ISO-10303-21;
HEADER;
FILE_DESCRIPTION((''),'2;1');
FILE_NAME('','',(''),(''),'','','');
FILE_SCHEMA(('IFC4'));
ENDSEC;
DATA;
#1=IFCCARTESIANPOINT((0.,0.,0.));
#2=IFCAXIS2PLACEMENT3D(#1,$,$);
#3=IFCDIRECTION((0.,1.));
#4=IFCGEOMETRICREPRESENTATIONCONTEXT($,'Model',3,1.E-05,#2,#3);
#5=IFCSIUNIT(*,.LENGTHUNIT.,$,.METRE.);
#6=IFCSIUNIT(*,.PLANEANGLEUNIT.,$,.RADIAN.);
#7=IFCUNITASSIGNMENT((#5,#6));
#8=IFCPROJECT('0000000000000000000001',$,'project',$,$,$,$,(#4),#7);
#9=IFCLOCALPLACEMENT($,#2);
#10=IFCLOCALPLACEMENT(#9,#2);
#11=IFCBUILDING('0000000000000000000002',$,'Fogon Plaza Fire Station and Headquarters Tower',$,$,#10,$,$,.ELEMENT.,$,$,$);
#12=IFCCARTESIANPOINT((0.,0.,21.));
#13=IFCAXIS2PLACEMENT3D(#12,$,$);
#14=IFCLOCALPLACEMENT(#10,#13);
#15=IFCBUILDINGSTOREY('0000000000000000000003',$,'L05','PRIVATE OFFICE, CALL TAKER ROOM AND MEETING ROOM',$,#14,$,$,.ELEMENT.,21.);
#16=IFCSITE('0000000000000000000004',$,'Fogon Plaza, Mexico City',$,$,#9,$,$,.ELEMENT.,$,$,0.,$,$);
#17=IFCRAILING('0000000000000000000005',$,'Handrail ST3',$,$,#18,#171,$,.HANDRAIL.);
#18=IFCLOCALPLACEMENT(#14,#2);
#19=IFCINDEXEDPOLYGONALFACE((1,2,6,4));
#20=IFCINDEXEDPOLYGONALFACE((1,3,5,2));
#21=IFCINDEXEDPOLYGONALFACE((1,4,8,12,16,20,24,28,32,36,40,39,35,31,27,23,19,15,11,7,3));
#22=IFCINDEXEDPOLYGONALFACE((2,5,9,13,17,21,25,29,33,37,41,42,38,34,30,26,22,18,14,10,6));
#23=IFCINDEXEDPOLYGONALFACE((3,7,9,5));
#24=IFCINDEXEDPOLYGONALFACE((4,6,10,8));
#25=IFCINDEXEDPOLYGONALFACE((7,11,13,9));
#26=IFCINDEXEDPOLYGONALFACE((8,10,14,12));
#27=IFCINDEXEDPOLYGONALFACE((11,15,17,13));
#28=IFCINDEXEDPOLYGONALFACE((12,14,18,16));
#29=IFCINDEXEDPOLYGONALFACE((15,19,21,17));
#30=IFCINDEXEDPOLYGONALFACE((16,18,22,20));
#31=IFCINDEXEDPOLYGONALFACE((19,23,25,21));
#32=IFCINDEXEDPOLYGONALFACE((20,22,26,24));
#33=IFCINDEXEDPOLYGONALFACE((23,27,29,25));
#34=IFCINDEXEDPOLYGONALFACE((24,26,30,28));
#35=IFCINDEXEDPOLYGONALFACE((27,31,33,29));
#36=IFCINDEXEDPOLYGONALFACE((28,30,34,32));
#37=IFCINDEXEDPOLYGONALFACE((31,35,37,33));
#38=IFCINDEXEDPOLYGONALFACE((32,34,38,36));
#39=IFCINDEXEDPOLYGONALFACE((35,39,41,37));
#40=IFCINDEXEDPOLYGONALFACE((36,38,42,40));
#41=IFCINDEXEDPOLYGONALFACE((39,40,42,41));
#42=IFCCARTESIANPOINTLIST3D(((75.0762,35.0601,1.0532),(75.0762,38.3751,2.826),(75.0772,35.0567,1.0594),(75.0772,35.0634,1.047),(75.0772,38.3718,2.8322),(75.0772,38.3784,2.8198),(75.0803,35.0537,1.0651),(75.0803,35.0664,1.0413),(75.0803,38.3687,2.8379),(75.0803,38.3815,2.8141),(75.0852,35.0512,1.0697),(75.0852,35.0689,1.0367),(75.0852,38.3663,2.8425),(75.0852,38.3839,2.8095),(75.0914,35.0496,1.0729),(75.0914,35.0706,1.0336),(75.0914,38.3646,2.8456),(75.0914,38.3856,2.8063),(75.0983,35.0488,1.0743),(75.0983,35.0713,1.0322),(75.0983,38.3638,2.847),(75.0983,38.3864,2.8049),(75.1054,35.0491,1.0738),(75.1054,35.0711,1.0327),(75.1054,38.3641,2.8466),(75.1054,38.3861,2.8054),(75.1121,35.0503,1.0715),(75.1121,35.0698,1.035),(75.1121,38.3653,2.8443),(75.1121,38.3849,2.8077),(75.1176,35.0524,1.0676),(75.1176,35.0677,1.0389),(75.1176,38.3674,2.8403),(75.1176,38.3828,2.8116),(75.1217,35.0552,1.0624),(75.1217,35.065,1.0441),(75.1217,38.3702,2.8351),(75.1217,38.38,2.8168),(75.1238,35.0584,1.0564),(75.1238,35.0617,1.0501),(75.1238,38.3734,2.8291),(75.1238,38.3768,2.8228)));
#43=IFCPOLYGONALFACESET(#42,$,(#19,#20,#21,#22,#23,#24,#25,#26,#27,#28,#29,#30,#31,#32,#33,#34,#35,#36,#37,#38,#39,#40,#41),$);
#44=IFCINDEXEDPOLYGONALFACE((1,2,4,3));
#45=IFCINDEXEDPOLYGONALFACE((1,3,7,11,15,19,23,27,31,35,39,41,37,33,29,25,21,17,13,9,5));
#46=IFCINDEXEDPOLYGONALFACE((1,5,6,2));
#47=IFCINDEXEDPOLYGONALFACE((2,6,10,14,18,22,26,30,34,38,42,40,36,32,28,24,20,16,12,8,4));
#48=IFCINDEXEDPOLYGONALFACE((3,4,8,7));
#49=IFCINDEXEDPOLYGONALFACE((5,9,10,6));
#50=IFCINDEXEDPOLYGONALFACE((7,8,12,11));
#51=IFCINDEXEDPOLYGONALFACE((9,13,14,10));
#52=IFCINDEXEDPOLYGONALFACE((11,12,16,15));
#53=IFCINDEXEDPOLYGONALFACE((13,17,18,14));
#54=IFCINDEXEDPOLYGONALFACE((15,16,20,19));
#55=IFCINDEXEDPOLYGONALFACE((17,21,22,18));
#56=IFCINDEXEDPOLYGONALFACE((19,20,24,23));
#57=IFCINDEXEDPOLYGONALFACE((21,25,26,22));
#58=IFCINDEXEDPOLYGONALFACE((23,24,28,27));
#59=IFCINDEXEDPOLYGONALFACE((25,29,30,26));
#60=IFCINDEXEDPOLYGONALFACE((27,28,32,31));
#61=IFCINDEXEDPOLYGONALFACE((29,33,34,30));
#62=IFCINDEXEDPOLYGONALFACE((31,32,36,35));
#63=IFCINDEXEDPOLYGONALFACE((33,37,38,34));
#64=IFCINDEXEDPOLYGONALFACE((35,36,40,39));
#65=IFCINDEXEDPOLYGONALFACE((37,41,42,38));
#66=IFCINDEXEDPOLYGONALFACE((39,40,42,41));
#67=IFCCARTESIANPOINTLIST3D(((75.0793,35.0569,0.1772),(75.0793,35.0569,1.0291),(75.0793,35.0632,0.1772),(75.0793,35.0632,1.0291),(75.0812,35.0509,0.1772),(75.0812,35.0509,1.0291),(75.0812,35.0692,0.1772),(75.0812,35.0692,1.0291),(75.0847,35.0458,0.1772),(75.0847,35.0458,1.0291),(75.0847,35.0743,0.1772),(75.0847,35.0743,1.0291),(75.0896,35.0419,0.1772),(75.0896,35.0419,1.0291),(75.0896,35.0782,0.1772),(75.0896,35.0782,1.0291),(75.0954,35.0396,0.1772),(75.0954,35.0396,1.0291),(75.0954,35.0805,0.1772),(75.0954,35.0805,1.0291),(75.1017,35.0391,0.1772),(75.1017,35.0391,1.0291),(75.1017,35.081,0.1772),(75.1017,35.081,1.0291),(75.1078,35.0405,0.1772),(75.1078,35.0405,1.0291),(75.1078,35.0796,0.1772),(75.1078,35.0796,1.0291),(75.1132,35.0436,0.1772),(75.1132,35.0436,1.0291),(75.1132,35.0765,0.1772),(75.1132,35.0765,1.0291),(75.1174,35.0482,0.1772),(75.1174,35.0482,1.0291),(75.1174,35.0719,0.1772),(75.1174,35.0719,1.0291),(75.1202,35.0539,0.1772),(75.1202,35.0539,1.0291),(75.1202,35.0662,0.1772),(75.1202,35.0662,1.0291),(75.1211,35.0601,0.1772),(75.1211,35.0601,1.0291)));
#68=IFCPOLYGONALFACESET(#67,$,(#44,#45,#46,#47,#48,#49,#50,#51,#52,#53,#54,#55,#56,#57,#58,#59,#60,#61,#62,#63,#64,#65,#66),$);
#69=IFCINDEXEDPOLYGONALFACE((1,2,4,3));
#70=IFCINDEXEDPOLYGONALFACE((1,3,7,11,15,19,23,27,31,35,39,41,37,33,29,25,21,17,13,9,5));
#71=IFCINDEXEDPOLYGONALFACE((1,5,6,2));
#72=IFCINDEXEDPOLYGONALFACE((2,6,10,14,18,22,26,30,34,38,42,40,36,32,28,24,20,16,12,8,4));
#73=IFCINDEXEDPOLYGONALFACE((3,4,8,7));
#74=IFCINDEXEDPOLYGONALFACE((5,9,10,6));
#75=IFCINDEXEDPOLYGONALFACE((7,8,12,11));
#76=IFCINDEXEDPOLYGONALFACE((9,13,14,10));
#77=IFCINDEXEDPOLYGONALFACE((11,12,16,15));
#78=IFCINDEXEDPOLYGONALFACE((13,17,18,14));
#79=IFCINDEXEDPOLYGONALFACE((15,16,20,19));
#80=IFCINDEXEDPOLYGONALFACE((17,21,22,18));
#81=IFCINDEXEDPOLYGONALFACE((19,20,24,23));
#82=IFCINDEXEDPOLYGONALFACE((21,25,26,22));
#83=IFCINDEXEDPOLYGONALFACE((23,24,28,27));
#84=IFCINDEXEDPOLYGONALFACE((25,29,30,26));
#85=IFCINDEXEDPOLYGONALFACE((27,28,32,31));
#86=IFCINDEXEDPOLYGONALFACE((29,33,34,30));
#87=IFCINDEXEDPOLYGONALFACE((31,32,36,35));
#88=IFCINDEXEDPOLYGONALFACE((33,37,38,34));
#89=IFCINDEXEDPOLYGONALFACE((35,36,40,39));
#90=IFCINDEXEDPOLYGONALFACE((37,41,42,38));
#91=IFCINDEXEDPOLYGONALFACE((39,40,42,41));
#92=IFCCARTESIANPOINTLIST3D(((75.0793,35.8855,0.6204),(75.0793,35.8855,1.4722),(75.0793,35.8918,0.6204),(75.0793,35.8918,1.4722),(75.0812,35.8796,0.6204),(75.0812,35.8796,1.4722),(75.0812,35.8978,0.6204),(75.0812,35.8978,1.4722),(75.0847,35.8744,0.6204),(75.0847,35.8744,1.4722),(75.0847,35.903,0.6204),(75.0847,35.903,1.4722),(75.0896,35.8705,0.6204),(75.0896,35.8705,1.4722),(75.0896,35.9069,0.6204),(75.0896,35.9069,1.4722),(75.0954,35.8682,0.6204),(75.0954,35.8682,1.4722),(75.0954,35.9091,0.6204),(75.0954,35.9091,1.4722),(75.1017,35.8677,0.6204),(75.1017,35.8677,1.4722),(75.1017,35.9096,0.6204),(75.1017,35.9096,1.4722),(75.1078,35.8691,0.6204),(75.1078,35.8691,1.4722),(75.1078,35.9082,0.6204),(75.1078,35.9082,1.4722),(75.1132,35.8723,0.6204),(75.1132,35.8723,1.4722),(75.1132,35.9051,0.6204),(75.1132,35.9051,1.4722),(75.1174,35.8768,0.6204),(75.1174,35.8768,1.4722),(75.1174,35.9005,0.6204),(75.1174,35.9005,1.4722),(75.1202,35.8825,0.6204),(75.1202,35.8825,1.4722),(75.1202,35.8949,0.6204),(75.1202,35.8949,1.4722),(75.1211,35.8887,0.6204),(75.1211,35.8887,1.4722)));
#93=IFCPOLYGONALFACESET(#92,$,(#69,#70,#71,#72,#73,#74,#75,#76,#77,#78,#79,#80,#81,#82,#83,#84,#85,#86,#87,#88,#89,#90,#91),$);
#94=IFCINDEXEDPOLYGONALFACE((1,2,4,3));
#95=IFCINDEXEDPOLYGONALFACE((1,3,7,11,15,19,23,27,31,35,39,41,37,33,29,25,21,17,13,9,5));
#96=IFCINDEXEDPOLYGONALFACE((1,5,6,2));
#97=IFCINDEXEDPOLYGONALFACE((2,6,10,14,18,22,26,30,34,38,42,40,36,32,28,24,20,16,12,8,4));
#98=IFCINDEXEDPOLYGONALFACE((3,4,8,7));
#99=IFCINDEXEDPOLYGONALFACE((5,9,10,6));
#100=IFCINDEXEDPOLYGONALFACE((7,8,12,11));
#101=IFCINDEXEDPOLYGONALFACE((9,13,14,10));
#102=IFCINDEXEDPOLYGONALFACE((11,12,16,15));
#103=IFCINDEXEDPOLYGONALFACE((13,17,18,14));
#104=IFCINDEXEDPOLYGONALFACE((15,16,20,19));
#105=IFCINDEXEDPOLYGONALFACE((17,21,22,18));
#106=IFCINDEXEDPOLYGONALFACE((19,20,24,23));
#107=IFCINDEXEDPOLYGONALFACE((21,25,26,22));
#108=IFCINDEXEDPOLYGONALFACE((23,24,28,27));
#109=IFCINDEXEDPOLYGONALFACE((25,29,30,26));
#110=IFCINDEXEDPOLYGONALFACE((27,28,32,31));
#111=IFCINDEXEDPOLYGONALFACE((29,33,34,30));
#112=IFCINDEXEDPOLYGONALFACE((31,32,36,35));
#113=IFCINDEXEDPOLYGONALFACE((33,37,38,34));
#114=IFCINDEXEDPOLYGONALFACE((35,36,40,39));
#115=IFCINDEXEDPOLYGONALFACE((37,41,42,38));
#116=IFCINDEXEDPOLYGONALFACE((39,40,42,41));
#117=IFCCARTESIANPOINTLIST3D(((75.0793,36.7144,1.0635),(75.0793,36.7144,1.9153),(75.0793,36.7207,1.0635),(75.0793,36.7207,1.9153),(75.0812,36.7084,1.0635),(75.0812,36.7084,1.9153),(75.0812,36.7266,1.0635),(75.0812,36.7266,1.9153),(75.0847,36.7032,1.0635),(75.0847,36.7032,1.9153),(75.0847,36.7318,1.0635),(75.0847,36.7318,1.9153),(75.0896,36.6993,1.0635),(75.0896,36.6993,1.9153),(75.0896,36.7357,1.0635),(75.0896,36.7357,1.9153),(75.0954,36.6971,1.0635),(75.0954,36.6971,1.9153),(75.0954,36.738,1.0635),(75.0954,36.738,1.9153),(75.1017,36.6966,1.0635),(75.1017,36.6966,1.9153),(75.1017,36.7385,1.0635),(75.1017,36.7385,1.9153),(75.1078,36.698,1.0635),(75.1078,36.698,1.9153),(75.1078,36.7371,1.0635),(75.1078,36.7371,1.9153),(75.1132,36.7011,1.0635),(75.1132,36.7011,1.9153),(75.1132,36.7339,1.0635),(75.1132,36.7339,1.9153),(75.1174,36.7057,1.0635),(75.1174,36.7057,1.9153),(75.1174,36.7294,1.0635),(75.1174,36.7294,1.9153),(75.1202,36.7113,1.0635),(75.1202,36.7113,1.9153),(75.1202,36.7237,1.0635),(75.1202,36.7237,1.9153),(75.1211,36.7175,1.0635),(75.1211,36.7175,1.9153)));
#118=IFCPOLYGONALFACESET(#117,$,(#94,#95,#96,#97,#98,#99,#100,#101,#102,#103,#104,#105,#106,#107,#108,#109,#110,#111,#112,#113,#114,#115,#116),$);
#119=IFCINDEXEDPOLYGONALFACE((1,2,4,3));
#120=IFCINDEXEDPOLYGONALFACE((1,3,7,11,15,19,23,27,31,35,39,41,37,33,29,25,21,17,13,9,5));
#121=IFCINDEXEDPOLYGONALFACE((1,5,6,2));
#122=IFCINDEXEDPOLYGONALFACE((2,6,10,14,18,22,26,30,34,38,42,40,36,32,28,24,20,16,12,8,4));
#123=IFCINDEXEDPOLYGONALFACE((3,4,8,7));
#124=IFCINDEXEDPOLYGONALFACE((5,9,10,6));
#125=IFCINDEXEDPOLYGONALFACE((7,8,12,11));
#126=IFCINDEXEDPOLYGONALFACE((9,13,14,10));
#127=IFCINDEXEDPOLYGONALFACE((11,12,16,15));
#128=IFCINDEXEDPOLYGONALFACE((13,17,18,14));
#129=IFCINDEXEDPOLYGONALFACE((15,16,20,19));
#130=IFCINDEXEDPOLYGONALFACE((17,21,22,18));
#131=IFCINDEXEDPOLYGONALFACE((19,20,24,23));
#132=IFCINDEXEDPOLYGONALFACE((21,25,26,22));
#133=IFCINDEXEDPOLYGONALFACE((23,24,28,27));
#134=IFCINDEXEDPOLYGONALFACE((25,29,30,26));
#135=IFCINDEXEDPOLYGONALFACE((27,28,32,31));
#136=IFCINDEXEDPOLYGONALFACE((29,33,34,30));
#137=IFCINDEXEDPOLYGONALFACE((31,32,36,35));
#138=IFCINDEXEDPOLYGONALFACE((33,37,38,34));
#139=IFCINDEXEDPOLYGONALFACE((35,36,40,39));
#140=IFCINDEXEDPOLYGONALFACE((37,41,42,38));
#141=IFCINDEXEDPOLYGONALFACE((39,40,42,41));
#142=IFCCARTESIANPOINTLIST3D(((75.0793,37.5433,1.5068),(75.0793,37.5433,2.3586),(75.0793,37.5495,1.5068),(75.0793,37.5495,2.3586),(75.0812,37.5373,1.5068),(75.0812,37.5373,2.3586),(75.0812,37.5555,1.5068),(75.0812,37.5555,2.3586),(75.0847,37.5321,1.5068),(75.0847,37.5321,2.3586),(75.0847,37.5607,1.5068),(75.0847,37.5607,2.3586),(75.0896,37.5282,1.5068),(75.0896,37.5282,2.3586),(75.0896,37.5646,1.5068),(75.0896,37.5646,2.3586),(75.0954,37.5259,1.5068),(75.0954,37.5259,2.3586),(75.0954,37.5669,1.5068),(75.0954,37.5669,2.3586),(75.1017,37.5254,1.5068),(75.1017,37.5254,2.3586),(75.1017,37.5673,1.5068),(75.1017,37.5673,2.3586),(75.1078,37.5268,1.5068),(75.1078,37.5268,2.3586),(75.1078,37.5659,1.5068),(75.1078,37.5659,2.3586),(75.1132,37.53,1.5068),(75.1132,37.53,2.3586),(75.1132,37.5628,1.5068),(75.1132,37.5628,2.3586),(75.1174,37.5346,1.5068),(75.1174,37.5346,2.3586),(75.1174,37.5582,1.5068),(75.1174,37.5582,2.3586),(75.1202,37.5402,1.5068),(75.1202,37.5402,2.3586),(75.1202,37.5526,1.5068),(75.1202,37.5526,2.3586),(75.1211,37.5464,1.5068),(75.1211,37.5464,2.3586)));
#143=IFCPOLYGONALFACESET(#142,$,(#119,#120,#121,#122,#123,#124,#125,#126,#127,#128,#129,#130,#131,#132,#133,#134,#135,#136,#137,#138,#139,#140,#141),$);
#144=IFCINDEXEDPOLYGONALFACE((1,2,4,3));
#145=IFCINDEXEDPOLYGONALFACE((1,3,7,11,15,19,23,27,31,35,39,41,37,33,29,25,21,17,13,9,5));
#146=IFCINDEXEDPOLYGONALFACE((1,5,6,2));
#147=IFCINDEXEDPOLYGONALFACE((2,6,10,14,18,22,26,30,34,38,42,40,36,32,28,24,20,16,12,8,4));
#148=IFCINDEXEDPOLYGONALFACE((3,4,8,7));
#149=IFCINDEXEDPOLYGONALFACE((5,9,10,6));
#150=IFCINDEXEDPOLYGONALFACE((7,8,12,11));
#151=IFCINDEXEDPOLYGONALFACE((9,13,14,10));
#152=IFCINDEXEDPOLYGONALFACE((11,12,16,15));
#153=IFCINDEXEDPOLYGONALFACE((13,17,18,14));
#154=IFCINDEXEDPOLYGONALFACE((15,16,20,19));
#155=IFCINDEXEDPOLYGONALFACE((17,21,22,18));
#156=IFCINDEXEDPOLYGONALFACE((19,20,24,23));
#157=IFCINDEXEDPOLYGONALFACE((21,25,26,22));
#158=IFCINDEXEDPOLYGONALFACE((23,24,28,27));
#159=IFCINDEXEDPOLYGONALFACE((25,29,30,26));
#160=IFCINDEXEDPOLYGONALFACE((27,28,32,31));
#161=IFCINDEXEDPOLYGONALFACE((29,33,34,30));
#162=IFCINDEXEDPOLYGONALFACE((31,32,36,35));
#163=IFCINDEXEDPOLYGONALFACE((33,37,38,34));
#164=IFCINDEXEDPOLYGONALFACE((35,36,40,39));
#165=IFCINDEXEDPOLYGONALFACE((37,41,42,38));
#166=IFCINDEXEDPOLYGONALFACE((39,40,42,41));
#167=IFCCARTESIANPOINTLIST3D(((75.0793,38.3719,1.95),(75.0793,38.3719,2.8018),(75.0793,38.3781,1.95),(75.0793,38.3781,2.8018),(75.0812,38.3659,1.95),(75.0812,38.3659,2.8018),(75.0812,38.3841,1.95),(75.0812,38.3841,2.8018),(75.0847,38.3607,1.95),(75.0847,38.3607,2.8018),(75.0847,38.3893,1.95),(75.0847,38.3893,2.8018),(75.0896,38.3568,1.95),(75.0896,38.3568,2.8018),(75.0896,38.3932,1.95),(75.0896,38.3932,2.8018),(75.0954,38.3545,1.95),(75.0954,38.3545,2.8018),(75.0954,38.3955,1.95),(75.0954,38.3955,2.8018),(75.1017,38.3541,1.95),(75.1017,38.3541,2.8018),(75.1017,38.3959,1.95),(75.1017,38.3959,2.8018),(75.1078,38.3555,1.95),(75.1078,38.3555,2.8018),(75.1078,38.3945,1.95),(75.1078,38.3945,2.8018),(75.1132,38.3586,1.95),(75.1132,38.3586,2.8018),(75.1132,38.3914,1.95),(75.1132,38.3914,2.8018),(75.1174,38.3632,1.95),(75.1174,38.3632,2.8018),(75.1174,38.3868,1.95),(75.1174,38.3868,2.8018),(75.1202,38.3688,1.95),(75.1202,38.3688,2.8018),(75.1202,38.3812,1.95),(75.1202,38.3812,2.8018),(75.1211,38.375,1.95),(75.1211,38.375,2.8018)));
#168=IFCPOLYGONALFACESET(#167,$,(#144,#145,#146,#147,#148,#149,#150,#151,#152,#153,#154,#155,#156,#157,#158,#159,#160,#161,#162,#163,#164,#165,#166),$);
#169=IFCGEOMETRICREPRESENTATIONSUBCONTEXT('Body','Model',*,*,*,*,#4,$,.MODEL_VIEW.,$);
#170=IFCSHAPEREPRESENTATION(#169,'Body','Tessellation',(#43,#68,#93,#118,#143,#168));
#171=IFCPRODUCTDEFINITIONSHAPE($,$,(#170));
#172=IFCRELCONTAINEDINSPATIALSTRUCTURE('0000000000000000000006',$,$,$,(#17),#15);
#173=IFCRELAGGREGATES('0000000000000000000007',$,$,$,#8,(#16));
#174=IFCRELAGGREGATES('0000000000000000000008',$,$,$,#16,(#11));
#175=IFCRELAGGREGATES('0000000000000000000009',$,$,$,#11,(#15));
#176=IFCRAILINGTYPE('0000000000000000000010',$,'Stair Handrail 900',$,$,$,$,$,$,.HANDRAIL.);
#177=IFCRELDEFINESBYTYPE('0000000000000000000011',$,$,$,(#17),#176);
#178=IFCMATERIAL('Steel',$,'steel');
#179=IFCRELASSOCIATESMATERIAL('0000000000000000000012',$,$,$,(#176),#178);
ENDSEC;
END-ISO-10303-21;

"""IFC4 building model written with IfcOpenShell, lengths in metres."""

from ifc_helpers import new_model, si_unit, direction, frame, origin, origin_2d, place, context, subcontext, project, spatial, circle, extrude, material, type_object, element, save


model = new_model("IFC4")

# Units and contexts
model_context = context("Model", 3, precision=1e-05, world=origin(), true_north=direction((0.0, 1.0)))
body_context = subcontext(model_context, "Body", "Model", "MODEL_VIEW")
ifc_project = project(units=[si_unit("LENGTHUNIT", "METRE"), si_unit("PLANEANGLEUNIT", "RADIAN")], contexts=[model_context])

# Site, building, storey
site_placement = place(None, origin())
site = spatial("IfcSite", under=ifc_project, at=site_placement, Name="Fogon Plaza, Mexico City", CompositionType="ELEMENT", RefElevation=0.0)
building_placement = place(site_placement, origin())
building = spatial("IfcBuilding", under=site, at=building_placement, Name="Fogon Plaza Fire Station and Headquarters Tower", CompositionType="ELEMENT")
storey_placement = place(building_placement, frame((0.0, 0.0, 21.0)))
storey = spatial("IfcBuildingStorey", under=building, at=storey_placement, Name="L05", Description="PRIVATE OFFICE, CALL TAKER ROOM AND MEETING ROOM", CompositionType="ELEMENT", Elevation=21.0)

# Railing
ifc_material_1 = material(Name="Steel", Category="steel")
railing_type = type_object("IfcRailingType", Name="Stair Handrail 900", PredefinedType="HANDRAIL", material=ifc_material_1)
for number, where, name in (
    (1, (75.1001, 35.0601, 0.1772), "Handrail ST3"),
):
    element("IfcRailing", number, at=place(storey_placement, frame(where)), inside=storey, type_object=railing_type, Name=name, PredefinedType="HANDRAIL", context=body_context, shape_type="SweptSolid", body=[
        extrude(circle(Radius=0.0239, at=origin_2d()), frame((0.0, 0.0, 0.876), z_axis=(0.0, 0.881829, 0.471569), x_axis=(-1.0, 0.0, 0.0)), (0.0, 0.0, 1.0), 3.7593),
        extrude(circle(Radius=0.021, at=origin_2d()), origin(), (0.0, 0.0, 1.0), 0.8518),
        extrude(circle(Radius=0.021, at=origin_2d()), frame((0.0, 0.8286, 0.4431)), (0.0, 0.0, 1.0), 0.8518),
        extrude(circle(Radius=0.021, at=origin_2d()), frame((0.0, 1.6575, 0.8862)), (0.0, 0.0, 1.0), 0.8518),
        extrude(circle(Radius=0.021, at=origin_2d()), frame((0.0, 2.4863, 1.3296)), (0.0, 0.0, 1.0), 0.8518),
        extrude(circle(Radius=0.021, at=origin_2d()), frame((0.0, 3.3149, 1.7727)), (0.0, 0.0, 1.0), 0.8518),
    ])

save(model, "model.ifc")
